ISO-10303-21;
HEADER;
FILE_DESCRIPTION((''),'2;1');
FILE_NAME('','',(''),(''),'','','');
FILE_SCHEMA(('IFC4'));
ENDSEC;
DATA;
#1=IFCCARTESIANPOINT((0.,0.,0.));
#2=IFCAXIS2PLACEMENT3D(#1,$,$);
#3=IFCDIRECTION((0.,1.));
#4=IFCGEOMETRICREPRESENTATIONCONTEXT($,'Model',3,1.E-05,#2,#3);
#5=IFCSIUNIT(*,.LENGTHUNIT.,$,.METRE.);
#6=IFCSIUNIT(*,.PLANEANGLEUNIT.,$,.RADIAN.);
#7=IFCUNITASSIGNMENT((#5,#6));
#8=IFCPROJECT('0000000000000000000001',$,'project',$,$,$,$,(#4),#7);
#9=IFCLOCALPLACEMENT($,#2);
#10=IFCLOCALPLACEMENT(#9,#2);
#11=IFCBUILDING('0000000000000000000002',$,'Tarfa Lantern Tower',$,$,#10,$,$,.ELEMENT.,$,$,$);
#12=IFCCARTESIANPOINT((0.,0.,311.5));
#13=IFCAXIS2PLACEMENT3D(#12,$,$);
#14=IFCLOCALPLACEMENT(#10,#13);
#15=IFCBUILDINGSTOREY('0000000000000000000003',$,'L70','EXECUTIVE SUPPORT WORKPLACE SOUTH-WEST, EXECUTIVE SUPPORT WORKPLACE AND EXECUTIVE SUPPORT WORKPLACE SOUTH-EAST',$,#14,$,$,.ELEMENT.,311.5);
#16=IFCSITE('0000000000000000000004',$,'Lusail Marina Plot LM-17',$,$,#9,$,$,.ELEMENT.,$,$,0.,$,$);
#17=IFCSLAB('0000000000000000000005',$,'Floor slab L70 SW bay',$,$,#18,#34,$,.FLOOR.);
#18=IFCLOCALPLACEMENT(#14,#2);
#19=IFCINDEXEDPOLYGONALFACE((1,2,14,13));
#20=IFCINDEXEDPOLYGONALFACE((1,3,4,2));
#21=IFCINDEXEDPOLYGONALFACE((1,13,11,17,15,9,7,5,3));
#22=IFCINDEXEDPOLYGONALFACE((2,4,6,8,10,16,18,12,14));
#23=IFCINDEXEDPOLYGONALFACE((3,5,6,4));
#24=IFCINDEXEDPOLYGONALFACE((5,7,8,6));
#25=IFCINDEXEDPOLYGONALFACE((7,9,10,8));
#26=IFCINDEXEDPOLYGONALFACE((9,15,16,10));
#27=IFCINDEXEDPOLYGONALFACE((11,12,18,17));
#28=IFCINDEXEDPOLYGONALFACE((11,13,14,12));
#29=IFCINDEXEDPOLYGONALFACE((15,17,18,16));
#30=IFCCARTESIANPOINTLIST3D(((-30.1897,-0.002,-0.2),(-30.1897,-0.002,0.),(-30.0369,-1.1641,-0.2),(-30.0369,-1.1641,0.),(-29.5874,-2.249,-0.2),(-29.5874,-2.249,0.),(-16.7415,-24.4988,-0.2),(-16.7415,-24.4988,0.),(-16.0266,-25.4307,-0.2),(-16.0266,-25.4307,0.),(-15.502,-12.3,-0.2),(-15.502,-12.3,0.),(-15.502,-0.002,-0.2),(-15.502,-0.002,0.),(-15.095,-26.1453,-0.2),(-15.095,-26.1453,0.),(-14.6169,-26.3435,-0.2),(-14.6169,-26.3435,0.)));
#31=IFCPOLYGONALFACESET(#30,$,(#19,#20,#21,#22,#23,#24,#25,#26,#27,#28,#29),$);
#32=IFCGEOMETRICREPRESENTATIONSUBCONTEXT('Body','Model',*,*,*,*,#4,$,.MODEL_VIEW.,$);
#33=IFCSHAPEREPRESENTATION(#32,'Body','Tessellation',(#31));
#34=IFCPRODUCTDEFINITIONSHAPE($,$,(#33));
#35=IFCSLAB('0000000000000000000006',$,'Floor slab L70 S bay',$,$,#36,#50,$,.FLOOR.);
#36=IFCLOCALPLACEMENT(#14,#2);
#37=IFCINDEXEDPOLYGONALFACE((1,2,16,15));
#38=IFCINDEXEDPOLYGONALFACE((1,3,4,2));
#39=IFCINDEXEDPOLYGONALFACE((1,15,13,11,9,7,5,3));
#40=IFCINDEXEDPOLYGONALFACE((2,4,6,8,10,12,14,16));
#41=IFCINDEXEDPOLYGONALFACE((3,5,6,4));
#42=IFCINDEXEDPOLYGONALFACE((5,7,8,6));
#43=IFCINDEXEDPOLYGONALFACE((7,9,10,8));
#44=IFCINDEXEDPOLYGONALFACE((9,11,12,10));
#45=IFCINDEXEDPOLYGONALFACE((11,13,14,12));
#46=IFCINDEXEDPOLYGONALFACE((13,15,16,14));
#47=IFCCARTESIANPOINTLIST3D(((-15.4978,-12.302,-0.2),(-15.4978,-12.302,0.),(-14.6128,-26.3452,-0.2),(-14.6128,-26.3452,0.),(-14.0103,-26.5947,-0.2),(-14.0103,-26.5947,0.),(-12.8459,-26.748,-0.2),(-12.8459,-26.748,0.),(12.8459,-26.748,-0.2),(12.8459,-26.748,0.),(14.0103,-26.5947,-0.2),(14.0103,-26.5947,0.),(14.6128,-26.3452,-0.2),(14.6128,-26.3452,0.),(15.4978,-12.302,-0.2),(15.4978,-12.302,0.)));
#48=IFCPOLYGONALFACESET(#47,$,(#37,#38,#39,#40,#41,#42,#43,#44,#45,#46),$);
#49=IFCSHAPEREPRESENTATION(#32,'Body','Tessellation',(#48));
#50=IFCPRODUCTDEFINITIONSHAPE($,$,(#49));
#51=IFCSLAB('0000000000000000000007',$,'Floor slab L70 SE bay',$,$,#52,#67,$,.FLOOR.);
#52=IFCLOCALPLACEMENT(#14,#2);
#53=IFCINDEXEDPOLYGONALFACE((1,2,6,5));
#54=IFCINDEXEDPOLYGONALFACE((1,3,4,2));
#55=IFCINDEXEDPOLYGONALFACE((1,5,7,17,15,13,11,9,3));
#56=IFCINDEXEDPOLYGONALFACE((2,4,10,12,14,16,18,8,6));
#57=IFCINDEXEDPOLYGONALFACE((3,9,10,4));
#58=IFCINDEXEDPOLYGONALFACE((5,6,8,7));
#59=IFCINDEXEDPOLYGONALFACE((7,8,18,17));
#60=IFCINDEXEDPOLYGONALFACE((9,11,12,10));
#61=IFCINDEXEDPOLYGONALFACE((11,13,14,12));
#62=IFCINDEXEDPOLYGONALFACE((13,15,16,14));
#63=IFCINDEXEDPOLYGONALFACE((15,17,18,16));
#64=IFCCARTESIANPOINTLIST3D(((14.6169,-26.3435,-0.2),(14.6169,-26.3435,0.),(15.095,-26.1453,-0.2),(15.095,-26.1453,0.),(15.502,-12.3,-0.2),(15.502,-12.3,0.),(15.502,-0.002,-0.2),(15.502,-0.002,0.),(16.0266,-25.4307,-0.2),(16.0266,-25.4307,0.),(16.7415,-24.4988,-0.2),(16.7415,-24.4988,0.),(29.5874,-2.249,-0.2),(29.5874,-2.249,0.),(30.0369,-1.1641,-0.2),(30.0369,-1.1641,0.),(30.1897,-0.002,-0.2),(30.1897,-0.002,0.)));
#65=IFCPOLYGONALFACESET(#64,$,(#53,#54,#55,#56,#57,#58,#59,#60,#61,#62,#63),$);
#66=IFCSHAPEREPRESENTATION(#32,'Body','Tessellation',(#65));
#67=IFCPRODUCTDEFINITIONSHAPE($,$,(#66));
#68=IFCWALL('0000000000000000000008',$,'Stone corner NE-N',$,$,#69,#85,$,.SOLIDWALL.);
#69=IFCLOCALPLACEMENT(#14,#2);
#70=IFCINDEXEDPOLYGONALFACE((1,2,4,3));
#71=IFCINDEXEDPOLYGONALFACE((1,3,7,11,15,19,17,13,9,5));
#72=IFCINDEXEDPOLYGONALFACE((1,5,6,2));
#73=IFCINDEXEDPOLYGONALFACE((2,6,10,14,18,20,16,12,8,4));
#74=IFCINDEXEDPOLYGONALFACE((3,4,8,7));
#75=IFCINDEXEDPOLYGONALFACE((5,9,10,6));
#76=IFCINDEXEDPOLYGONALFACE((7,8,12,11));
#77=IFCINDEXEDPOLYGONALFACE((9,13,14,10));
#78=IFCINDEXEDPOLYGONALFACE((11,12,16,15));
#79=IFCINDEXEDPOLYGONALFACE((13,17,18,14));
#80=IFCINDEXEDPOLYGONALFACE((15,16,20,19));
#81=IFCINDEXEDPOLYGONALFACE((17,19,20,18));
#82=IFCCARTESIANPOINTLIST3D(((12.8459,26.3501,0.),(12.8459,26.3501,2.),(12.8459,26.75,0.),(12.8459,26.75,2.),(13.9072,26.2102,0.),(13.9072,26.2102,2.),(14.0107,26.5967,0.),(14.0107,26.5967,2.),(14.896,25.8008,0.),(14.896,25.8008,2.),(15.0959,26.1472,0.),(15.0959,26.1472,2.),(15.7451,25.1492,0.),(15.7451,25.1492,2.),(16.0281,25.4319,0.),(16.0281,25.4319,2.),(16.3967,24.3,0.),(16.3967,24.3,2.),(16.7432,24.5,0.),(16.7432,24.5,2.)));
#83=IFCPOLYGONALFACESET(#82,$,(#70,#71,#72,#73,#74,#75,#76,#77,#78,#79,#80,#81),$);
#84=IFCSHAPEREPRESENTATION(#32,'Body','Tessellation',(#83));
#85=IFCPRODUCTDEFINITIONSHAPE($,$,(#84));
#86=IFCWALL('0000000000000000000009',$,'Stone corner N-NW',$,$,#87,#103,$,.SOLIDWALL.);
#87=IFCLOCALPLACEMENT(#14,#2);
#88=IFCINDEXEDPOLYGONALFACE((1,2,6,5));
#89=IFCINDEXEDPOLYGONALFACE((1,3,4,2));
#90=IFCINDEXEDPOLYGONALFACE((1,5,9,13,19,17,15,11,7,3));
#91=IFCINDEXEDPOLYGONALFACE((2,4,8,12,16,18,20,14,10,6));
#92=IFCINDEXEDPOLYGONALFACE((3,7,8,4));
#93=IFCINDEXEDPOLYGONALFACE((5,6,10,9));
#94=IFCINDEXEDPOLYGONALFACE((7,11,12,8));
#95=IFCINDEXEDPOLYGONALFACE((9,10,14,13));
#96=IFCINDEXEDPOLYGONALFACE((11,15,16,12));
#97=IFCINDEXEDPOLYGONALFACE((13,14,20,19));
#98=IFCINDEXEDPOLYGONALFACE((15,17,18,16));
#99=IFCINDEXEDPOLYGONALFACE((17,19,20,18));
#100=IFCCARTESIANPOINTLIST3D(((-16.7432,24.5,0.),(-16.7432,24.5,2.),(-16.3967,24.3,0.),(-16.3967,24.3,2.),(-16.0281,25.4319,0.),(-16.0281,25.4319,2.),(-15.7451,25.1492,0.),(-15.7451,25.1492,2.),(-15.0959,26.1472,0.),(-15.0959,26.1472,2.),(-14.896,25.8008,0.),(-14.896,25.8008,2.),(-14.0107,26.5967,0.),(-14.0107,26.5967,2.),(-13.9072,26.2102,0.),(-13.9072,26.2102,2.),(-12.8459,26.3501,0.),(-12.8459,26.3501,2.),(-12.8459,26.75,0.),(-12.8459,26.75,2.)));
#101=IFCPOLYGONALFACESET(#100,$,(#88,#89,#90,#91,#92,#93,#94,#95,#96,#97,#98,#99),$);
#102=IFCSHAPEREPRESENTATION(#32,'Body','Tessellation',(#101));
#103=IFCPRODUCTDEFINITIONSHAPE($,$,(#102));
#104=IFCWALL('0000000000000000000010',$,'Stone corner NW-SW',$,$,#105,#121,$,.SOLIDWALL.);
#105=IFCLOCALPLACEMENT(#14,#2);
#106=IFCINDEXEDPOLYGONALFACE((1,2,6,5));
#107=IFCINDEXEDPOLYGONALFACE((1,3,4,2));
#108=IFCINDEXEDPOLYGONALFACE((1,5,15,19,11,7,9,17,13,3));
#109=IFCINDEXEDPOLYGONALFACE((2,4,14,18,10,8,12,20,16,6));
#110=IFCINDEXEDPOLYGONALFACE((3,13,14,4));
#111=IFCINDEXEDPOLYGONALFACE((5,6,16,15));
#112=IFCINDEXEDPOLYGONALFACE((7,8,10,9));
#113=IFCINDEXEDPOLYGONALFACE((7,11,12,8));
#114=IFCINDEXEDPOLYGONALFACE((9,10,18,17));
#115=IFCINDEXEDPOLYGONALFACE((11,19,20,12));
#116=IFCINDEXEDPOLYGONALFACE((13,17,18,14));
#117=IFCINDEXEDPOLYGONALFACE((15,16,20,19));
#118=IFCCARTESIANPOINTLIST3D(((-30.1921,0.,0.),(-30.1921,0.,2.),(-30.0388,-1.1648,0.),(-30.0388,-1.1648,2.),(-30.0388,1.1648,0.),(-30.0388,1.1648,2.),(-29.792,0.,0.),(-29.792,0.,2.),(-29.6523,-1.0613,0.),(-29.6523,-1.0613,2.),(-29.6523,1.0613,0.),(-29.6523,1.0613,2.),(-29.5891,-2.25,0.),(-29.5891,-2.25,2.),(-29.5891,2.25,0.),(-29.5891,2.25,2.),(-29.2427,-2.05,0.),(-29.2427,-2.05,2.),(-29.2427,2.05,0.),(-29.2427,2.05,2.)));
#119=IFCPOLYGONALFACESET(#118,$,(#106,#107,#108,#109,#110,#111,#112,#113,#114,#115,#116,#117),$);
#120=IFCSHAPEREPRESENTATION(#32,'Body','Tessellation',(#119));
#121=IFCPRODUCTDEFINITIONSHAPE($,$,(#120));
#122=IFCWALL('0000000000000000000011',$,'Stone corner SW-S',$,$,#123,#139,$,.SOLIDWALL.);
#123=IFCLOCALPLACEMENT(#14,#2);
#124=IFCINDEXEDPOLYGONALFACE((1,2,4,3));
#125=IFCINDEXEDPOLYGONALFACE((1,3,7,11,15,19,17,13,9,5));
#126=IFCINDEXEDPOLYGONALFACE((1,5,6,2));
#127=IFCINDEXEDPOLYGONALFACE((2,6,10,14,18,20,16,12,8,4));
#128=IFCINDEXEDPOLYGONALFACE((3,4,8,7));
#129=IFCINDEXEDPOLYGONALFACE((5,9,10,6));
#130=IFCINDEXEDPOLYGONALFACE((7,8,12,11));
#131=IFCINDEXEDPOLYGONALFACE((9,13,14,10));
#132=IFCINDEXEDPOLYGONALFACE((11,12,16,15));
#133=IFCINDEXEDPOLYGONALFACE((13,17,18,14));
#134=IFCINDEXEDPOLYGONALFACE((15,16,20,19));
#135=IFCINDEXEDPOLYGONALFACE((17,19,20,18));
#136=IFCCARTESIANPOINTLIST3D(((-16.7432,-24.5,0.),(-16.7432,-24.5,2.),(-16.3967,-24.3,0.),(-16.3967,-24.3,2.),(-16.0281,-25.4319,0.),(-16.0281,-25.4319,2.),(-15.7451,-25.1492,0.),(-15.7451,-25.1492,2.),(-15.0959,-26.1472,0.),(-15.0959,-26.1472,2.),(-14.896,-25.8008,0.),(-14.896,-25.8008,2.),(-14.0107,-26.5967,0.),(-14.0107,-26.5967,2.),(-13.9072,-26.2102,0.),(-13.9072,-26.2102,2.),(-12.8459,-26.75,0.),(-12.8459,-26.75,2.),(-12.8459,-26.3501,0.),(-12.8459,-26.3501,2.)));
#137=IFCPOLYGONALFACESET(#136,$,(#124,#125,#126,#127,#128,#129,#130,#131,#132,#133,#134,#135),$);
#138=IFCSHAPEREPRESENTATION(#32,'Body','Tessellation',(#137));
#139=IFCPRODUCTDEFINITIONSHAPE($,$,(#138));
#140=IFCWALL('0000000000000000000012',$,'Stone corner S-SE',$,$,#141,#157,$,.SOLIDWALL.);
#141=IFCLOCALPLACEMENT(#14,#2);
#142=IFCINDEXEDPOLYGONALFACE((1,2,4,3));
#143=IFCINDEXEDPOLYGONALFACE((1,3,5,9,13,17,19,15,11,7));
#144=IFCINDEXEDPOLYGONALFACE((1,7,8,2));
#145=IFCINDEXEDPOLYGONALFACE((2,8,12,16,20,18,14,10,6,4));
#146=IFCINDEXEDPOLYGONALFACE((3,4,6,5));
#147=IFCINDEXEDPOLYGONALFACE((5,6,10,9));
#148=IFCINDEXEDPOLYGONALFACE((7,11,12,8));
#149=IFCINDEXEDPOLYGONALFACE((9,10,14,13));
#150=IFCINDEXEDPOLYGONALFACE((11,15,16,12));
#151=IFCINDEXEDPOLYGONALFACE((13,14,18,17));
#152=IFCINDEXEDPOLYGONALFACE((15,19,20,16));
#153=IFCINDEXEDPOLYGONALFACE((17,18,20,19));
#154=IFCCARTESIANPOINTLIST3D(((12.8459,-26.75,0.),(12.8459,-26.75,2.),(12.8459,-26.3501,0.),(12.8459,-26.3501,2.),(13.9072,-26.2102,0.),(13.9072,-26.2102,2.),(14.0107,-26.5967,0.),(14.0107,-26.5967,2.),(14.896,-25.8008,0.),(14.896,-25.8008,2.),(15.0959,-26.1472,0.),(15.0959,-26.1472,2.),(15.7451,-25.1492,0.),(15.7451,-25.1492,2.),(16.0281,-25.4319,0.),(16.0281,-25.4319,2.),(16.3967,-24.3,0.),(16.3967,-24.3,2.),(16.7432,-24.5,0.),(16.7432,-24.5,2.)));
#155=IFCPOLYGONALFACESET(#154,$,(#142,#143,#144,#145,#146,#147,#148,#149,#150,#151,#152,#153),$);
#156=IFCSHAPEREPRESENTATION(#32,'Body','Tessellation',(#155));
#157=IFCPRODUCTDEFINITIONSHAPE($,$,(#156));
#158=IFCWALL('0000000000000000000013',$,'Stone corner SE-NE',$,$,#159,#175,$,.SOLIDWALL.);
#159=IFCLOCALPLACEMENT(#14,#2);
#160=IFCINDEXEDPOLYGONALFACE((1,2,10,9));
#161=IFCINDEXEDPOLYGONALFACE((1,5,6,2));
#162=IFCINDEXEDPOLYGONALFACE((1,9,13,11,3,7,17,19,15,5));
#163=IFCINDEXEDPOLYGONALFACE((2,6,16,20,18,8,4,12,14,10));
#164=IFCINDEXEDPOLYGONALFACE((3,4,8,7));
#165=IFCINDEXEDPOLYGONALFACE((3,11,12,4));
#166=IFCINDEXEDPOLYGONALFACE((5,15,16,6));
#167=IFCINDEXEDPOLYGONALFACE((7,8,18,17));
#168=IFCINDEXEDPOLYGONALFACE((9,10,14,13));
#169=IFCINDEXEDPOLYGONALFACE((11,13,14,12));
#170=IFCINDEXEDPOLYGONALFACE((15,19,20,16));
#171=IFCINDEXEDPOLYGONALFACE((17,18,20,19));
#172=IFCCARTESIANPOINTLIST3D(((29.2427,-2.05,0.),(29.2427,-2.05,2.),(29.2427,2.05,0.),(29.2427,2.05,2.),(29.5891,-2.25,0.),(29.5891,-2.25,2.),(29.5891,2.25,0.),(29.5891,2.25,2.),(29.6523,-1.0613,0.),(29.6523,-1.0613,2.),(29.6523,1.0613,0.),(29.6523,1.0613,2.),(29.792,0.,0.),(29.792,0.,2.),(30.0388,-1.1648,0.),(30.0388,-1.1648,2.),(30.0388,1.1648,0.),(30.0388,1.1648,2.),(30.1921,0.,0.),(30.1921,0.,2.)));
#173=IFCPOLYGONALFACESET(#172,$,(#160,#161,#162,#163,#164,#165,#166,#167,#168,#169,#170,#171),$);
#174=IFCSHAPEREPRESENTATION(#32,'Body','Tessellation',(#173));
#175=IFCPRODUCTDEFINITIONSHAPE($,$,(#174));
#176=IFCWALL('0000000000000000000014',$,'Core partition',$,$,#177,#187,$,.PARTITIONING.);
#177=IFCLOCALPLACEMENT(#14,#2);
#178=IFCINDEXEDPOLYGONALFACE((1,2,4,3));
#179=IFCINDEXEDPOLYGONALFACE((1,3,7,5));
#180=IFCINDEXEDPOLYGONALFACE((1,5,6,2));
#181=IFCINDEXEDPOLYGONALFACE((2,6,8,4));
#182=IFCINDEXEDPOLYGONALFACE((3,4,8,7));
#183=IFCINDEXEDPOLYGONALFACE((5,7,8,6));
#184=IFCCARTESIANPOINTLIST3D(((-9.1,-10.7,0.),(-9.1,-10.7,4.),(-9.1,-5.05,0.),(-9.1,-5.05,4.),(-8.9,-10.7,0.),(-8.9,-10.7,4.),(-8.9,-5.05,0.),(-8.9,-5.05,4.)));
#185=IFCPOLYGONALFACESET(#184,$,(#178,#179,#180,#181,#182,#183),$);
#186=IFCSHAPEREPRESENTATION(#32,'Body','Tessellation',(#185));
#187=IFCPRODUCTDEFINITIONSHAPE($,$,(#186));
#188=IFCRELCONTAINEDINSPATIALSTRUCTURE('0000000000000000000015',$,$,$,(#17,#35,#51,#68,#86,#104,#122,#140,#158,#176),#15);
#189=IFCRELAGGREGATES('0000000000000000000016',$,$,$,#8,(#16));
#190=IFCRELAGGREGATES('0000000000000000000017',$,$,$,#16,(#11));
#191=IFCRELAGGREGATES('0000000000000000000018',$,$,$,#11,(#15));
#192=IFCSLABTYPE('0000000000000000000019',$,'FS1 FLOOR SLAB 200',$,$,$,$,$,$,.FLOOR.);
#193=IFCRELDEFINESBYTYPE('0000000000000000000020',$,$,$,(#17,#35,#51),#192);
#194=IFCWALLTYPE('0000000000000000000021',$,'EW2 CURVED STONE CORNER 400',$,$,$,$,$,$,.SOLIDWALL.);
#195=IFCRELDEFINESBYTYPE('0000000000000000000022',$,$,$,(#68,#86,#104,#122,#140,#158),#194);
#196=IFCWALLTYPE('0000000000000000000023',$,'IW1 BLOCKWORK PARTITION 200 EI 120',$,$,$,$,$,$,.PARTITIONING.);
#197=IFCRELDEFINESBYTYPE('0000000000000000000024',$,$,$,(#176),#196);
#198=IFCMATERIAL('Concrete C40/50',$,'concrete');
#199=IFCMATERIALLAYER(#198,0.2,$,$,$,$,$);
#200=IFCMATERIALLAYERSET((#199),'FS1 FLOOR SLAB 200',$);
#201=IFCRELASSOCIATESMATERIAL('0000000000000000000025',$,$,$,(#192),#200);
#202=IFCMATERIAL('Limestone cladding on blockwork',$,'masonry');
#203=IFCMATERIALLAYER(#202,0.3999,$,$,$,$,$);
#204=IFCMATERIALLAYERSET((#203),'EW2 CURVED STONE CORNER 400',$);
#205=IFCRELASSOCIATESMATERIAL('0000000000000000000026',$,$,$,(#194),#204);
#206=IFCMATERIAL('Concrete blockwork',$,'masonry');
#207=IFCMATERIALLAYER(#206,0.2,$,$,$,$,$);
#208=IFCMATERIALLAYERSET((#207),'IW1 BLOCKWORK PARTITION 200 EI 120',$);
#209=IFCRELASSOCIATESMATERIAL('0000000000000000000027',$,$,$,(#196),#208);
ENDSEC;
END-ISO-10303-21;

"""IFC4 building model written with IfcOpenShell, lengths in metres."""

from ifc_helpers import new_model, si_unit, direction, frame, frame_2d, origin, place, context, subcontext, project, spatial, polyline, rectangle, outline, extrude, material, layer, layer_set, type_object, element, save


model = new_model("IFC4")

# Units and contexts
model_context = context("Model", 3, precision=1e-05, world=origin(), true_north=direction((0.0, 1.0)))
body_context = subcontext(model_context, "Body", "Model", "MODEL_VIEW")
ifc_project = project(units=[si_unit("LENGTHUNIT", "METRE"), si_unit("PLANEANGLEUNIT", "RADIAN")], contexts=[model_context])

# Site, building, storey
site_placement = place(None, origin())
site = spatial("IfcSite", under=ifc_project, at=site_placement, Name="Lusail Marina Plot LM-17", CompositionType="ELEMENT", RefElevation=0.0)
building_placement = place(site_placement, origin())
building = spatial("IfcBuilding", under=site, at=building_placement, Name="Tarfa Lantern Tower", CompositionType="ELEMENT")
storey_placement = place(building_placement, frame((0.0, 0.0, 311.5)))
storey = spatial("IfcBuildingStorey", under=building, at=storey_placement, Name="L70", Description="EXECUTIVE SUPPORT WORKPLACE SOUTH-WEST, EXECUTIVE SUPPORT WORKPLACE AND EXECUTIVE SUPPORT WORKPLACE SOUTH-EAST", CompositionType="ELEMENT", Elevation=311.5)

# Slabs
ifc_material_1 = material(Name="Concrete C40/50", Category="concrete")
ifc_layer_1 = layer(ifc_material_1, 0.2)
ifc_layer_set_1 = layer_set([ifc_layer_1], Name="FS1 FLOOR SLAB 200")
slab_type_1 = type_object("IfcSlabType", Name="FS1 FLOOR SLAB 200", PredefinedType="FLOOR", material=ifc_layer_set_1)
slab_1_placement = place(storey_placement, frame((0.0, 0.0, -0.2)))
element("IfcSlab", 1, at=slab_1_placement, inside=storey, type_object=slab_type_1, Name="Floor slab L70 SW bay", PredefinedType="FLOOR", context=body_context, shape_type="SweptSolid", body=[
    extrude(outline(polyline([(-15.502, -12.3), (-15.502, -0.002), (-30.1897, -0.002), (-30.0369, -1.1641), (-29.5874, -2.249), (-16.7415, -24.4988), (-16.0266, -25.4307), (-15.095, -26.1453), (-14.6169, -26.3435), (-15.502, -12.3)])), origin(), (0.0, 0.0, 1.0), 0.2),
])
slab_2_placement = place(storey_placement, frame((0.0, 0.0, -0.2)))
element("IfcSlab", 2, at=slab_2_placement, inside=storey, type_object=slab_type_1, Name="Floor slab L70 S bay", PredefinedType="FLOOR", context=body_context, shape_type="SweptSolid", body=[
    extrude(outline(polyline([(15.4978, -12.302), (-15.4978, -12.302), (-14.6128, -26.3452), (-14.0103, -26.5947), (-12.8459, -26.748), (12.8459, -26.748), (14.0103, -26.5947), (14.6128, -26.3452), (15.4978, -12.302)])), origin(), (0.0, 0.0, 1.0), 0.2),
])
slab_3_placement = place(storey_placement, frame((0.0, 0.0, -0.2)))
element("IfcSlab", 3, at=slab_3_placement, inside=storey, type_object=slab_type_1, Name="Floor slab L70 SE bay", PredefinedType="FLOOR", context=body_context, shape_type="SweptSolid", body=[
    extrude(outline(polyline([(15.502, -0.002), (15.502, -12.3), (14.6169, -26.3435), (15.095, -26.1453), (16.0266, -25.4307), (16.7415, -24.4988), (29.5874, -2.249), (30.0369, -1.1641), (30.1897, -0.002), (15.502, -0.002)])), origin(), (0.0, 0.0, 1.0), 0.2),
])

# Walls
ifc_material_2 = material(Name="Limestone cladding on blockwork", Category="masonry")
ifc_layer_2 = layer(ifc_material_2, 0.3999)
ifc_layer_set_2 = layer_set([ifc_layer_2], Name="EW2 CURVED STONE CORNER 400")
wall_type_1 = type_object("IfcWallType", Name="EW2 CURVED STONE CORNER 400", PredefinedType="SOLIDWALL", material=ifc_layer_set_2)
wall_1_placement = place(storey_placement, origin())
element("IfcWall", 4, at=wall_1_placement, inside=storey, type_object=wall_type_1, Name="Stone corner NE-N", PredefinedType="SOLIDWALL", context=body_context, shape_type="SweptSolid", body=[
    extrude(outline(polyline([(16.7432, 24.5), (16.0281, 25.4319), (15.0959, 26.1472), (14.0107, 26.5967), (12.8459, 26.75), (12.8459, 26.3501), (13.9072, 26.2102), (14.896, 25.8008), (15.7451, 25.1492), (16.3967, 24.3), (16.7432, 24.5)])), origin(), (0.0, 0.0, 1.0), 2.0),
])
wall_2_placement = place(storey_placement, origin())
element("IfcWall", 5, at=wall_2_placement, inside=storey, type_object=wall_type_1, Name="Stone corner N-NW", PredefinedType="SOLIDWALL", context=body_context, shape_type="SweptSolid", body=[
    extrude(outline(polyline([(-12.8459, 26.75), (-14.0107, 26.5967), (-15.0959, 26.1472), (-16.0281, 25.4319), (-16.7432, 24.5), (-16.3967, 24.3), (-15.7451, 25.1492), (-14.896, 25.8008), (-13.9072, 26.2102), (-12.8459, 26.3501), (-12.8459, 26.75)])), origin(), (0.0, 0.0, 1.0), 2.0),
])
wall_3_placement = place(storey_placement, origin())
element("IfcWall", 6, at=wall_3_placement, inside=storey, type_object=wall_type_1, Name="Stone corner NW-SW", PredefinedType="SOLIDWALL", context=body_context, shape_type="SweptSolid", body=[
    extrude(outline(polyline([(-29.5891, 2.25), (-30.0388, 1.1648), (-30.1921, 0.0), (-30.0388, -1.1648), (-29.5891, -2.25), (-29.2427, -2.05), (-29.6523, -1.0613), (-29.792, 0.0), (-29.6523, 1.0613), (-29.2427, 2.05), (-29.5891, 2.25)])), origin(), (0.0, 0.0, 1.0), 2.0),
])
wall_4_placement = place(storey_placement, origin())
element("IfcWall", 7, at=wall_4_placement, inside=storey, type_object=wall_type_1, Name="Stone corner SW-S", PredefinedType="SOLIDWALL", context=body_context, shape_type="SweptSolid", body=[
    extrude(outline(polyline([(-16.7432, -24.5), (-16.0281, -25.4319), (-15.0959, -26.1472), (-14.0107, -26.5967), (-12.8459, -26.75), (-12.8459, -26.3501), (-13.9072, -26.2102), (-14.896, -25.8008), (-15.7451, -25.1492), (-16.3967, -24.3), (-16.7432, -24.5)])), origin(), (0.0, 0.0, 1.0), 2.0),
])
wall_5_placement = place(storey_placement, origin())
element("IfcWall", 8, at=wall_5_placement, inside=storey, type_object=wall_type_1, Name="Stone corner S-SE", PredefinedType="SOLIDWALL", context=body_context, shape_type="SweptSolid", body=[
    extrude(outline(polyline([(12.8459, -26.75), (14.0107, -26.5967), (15.0959, -26.1472), (16.0281, -25.4319), (16.7432, -24.5), (16.3967, -24.3), (15.7451, -25.1492), (14.896, -25.8008), (13.9072, -26.2102), (12.8459, -26.3501), (12.8459, -26.75)])), origin(), (0.0, 0.0, 1.0), 2.0),
])
wall_6_placement = place(storey_placement, origin())
element("IfcWall", 9, at=wall_6_placement, inside=storey, type_object=wall_type_1, Name="Stone corner SE-NE", PredefinedType="SOLIDWALL", context=body_context, shape_type="SweptSolid", body=[
    extrude(outline(polyline([(29.5891, -2.25), (30.0388, -1.1648), (30.1921, 0.0), (30.0388, 1.1648), (29.5891, 2.25), (29.2427, 2.05), (29.6523, 1.0613), (29.792, 0.0), (29.6523, -1.0613), (29.2427, -2.05), (29.5891, -2.25)])), origin(), (0.0, 0.0, 1.0), 2.0),
])
ifc_material_3 = material(Name="Concrete blockwork", Category="masonry")
ifc_layer_3 = layer(ifc_material_3, 0.2)
ifc_layer_set_3 = layer_set([ifc_layer_3], Name="IW1 BLOCKWORK PARTITION 200 EI 120")
wall_type_2 = type_object("IfcWallType", Name="IW1 BLOCKWORK PARTITION 200 EI 120", PredefinedType="PARTITIONING", material=ifc_layer_set_3)
for number, where, z_axis, x_axis, name in (
    (10, (-9.0, -5.05, 0.0), (0.0, 0.0, 1.0), (0.0, -1.0, 0.0), "Core partition"),
):
    element("IfcWall", number, at=place(storey_placement, frame(where, z_axis=z_axis, x_axis=x_axis)), inside=storey, type_object=wall_type_2, Name=name, PredefinedType="PARTITIONING", context=body_context, shape_type="SweptSolid", body=[
        extrude(rectangle(XDim=5.6499, YDim=0.2, at=frame_2d((2.825, 0.0))), origin(), (0.0, 0.0, 1.0), 4.0),
    ])

save(model, "model.ifc")
